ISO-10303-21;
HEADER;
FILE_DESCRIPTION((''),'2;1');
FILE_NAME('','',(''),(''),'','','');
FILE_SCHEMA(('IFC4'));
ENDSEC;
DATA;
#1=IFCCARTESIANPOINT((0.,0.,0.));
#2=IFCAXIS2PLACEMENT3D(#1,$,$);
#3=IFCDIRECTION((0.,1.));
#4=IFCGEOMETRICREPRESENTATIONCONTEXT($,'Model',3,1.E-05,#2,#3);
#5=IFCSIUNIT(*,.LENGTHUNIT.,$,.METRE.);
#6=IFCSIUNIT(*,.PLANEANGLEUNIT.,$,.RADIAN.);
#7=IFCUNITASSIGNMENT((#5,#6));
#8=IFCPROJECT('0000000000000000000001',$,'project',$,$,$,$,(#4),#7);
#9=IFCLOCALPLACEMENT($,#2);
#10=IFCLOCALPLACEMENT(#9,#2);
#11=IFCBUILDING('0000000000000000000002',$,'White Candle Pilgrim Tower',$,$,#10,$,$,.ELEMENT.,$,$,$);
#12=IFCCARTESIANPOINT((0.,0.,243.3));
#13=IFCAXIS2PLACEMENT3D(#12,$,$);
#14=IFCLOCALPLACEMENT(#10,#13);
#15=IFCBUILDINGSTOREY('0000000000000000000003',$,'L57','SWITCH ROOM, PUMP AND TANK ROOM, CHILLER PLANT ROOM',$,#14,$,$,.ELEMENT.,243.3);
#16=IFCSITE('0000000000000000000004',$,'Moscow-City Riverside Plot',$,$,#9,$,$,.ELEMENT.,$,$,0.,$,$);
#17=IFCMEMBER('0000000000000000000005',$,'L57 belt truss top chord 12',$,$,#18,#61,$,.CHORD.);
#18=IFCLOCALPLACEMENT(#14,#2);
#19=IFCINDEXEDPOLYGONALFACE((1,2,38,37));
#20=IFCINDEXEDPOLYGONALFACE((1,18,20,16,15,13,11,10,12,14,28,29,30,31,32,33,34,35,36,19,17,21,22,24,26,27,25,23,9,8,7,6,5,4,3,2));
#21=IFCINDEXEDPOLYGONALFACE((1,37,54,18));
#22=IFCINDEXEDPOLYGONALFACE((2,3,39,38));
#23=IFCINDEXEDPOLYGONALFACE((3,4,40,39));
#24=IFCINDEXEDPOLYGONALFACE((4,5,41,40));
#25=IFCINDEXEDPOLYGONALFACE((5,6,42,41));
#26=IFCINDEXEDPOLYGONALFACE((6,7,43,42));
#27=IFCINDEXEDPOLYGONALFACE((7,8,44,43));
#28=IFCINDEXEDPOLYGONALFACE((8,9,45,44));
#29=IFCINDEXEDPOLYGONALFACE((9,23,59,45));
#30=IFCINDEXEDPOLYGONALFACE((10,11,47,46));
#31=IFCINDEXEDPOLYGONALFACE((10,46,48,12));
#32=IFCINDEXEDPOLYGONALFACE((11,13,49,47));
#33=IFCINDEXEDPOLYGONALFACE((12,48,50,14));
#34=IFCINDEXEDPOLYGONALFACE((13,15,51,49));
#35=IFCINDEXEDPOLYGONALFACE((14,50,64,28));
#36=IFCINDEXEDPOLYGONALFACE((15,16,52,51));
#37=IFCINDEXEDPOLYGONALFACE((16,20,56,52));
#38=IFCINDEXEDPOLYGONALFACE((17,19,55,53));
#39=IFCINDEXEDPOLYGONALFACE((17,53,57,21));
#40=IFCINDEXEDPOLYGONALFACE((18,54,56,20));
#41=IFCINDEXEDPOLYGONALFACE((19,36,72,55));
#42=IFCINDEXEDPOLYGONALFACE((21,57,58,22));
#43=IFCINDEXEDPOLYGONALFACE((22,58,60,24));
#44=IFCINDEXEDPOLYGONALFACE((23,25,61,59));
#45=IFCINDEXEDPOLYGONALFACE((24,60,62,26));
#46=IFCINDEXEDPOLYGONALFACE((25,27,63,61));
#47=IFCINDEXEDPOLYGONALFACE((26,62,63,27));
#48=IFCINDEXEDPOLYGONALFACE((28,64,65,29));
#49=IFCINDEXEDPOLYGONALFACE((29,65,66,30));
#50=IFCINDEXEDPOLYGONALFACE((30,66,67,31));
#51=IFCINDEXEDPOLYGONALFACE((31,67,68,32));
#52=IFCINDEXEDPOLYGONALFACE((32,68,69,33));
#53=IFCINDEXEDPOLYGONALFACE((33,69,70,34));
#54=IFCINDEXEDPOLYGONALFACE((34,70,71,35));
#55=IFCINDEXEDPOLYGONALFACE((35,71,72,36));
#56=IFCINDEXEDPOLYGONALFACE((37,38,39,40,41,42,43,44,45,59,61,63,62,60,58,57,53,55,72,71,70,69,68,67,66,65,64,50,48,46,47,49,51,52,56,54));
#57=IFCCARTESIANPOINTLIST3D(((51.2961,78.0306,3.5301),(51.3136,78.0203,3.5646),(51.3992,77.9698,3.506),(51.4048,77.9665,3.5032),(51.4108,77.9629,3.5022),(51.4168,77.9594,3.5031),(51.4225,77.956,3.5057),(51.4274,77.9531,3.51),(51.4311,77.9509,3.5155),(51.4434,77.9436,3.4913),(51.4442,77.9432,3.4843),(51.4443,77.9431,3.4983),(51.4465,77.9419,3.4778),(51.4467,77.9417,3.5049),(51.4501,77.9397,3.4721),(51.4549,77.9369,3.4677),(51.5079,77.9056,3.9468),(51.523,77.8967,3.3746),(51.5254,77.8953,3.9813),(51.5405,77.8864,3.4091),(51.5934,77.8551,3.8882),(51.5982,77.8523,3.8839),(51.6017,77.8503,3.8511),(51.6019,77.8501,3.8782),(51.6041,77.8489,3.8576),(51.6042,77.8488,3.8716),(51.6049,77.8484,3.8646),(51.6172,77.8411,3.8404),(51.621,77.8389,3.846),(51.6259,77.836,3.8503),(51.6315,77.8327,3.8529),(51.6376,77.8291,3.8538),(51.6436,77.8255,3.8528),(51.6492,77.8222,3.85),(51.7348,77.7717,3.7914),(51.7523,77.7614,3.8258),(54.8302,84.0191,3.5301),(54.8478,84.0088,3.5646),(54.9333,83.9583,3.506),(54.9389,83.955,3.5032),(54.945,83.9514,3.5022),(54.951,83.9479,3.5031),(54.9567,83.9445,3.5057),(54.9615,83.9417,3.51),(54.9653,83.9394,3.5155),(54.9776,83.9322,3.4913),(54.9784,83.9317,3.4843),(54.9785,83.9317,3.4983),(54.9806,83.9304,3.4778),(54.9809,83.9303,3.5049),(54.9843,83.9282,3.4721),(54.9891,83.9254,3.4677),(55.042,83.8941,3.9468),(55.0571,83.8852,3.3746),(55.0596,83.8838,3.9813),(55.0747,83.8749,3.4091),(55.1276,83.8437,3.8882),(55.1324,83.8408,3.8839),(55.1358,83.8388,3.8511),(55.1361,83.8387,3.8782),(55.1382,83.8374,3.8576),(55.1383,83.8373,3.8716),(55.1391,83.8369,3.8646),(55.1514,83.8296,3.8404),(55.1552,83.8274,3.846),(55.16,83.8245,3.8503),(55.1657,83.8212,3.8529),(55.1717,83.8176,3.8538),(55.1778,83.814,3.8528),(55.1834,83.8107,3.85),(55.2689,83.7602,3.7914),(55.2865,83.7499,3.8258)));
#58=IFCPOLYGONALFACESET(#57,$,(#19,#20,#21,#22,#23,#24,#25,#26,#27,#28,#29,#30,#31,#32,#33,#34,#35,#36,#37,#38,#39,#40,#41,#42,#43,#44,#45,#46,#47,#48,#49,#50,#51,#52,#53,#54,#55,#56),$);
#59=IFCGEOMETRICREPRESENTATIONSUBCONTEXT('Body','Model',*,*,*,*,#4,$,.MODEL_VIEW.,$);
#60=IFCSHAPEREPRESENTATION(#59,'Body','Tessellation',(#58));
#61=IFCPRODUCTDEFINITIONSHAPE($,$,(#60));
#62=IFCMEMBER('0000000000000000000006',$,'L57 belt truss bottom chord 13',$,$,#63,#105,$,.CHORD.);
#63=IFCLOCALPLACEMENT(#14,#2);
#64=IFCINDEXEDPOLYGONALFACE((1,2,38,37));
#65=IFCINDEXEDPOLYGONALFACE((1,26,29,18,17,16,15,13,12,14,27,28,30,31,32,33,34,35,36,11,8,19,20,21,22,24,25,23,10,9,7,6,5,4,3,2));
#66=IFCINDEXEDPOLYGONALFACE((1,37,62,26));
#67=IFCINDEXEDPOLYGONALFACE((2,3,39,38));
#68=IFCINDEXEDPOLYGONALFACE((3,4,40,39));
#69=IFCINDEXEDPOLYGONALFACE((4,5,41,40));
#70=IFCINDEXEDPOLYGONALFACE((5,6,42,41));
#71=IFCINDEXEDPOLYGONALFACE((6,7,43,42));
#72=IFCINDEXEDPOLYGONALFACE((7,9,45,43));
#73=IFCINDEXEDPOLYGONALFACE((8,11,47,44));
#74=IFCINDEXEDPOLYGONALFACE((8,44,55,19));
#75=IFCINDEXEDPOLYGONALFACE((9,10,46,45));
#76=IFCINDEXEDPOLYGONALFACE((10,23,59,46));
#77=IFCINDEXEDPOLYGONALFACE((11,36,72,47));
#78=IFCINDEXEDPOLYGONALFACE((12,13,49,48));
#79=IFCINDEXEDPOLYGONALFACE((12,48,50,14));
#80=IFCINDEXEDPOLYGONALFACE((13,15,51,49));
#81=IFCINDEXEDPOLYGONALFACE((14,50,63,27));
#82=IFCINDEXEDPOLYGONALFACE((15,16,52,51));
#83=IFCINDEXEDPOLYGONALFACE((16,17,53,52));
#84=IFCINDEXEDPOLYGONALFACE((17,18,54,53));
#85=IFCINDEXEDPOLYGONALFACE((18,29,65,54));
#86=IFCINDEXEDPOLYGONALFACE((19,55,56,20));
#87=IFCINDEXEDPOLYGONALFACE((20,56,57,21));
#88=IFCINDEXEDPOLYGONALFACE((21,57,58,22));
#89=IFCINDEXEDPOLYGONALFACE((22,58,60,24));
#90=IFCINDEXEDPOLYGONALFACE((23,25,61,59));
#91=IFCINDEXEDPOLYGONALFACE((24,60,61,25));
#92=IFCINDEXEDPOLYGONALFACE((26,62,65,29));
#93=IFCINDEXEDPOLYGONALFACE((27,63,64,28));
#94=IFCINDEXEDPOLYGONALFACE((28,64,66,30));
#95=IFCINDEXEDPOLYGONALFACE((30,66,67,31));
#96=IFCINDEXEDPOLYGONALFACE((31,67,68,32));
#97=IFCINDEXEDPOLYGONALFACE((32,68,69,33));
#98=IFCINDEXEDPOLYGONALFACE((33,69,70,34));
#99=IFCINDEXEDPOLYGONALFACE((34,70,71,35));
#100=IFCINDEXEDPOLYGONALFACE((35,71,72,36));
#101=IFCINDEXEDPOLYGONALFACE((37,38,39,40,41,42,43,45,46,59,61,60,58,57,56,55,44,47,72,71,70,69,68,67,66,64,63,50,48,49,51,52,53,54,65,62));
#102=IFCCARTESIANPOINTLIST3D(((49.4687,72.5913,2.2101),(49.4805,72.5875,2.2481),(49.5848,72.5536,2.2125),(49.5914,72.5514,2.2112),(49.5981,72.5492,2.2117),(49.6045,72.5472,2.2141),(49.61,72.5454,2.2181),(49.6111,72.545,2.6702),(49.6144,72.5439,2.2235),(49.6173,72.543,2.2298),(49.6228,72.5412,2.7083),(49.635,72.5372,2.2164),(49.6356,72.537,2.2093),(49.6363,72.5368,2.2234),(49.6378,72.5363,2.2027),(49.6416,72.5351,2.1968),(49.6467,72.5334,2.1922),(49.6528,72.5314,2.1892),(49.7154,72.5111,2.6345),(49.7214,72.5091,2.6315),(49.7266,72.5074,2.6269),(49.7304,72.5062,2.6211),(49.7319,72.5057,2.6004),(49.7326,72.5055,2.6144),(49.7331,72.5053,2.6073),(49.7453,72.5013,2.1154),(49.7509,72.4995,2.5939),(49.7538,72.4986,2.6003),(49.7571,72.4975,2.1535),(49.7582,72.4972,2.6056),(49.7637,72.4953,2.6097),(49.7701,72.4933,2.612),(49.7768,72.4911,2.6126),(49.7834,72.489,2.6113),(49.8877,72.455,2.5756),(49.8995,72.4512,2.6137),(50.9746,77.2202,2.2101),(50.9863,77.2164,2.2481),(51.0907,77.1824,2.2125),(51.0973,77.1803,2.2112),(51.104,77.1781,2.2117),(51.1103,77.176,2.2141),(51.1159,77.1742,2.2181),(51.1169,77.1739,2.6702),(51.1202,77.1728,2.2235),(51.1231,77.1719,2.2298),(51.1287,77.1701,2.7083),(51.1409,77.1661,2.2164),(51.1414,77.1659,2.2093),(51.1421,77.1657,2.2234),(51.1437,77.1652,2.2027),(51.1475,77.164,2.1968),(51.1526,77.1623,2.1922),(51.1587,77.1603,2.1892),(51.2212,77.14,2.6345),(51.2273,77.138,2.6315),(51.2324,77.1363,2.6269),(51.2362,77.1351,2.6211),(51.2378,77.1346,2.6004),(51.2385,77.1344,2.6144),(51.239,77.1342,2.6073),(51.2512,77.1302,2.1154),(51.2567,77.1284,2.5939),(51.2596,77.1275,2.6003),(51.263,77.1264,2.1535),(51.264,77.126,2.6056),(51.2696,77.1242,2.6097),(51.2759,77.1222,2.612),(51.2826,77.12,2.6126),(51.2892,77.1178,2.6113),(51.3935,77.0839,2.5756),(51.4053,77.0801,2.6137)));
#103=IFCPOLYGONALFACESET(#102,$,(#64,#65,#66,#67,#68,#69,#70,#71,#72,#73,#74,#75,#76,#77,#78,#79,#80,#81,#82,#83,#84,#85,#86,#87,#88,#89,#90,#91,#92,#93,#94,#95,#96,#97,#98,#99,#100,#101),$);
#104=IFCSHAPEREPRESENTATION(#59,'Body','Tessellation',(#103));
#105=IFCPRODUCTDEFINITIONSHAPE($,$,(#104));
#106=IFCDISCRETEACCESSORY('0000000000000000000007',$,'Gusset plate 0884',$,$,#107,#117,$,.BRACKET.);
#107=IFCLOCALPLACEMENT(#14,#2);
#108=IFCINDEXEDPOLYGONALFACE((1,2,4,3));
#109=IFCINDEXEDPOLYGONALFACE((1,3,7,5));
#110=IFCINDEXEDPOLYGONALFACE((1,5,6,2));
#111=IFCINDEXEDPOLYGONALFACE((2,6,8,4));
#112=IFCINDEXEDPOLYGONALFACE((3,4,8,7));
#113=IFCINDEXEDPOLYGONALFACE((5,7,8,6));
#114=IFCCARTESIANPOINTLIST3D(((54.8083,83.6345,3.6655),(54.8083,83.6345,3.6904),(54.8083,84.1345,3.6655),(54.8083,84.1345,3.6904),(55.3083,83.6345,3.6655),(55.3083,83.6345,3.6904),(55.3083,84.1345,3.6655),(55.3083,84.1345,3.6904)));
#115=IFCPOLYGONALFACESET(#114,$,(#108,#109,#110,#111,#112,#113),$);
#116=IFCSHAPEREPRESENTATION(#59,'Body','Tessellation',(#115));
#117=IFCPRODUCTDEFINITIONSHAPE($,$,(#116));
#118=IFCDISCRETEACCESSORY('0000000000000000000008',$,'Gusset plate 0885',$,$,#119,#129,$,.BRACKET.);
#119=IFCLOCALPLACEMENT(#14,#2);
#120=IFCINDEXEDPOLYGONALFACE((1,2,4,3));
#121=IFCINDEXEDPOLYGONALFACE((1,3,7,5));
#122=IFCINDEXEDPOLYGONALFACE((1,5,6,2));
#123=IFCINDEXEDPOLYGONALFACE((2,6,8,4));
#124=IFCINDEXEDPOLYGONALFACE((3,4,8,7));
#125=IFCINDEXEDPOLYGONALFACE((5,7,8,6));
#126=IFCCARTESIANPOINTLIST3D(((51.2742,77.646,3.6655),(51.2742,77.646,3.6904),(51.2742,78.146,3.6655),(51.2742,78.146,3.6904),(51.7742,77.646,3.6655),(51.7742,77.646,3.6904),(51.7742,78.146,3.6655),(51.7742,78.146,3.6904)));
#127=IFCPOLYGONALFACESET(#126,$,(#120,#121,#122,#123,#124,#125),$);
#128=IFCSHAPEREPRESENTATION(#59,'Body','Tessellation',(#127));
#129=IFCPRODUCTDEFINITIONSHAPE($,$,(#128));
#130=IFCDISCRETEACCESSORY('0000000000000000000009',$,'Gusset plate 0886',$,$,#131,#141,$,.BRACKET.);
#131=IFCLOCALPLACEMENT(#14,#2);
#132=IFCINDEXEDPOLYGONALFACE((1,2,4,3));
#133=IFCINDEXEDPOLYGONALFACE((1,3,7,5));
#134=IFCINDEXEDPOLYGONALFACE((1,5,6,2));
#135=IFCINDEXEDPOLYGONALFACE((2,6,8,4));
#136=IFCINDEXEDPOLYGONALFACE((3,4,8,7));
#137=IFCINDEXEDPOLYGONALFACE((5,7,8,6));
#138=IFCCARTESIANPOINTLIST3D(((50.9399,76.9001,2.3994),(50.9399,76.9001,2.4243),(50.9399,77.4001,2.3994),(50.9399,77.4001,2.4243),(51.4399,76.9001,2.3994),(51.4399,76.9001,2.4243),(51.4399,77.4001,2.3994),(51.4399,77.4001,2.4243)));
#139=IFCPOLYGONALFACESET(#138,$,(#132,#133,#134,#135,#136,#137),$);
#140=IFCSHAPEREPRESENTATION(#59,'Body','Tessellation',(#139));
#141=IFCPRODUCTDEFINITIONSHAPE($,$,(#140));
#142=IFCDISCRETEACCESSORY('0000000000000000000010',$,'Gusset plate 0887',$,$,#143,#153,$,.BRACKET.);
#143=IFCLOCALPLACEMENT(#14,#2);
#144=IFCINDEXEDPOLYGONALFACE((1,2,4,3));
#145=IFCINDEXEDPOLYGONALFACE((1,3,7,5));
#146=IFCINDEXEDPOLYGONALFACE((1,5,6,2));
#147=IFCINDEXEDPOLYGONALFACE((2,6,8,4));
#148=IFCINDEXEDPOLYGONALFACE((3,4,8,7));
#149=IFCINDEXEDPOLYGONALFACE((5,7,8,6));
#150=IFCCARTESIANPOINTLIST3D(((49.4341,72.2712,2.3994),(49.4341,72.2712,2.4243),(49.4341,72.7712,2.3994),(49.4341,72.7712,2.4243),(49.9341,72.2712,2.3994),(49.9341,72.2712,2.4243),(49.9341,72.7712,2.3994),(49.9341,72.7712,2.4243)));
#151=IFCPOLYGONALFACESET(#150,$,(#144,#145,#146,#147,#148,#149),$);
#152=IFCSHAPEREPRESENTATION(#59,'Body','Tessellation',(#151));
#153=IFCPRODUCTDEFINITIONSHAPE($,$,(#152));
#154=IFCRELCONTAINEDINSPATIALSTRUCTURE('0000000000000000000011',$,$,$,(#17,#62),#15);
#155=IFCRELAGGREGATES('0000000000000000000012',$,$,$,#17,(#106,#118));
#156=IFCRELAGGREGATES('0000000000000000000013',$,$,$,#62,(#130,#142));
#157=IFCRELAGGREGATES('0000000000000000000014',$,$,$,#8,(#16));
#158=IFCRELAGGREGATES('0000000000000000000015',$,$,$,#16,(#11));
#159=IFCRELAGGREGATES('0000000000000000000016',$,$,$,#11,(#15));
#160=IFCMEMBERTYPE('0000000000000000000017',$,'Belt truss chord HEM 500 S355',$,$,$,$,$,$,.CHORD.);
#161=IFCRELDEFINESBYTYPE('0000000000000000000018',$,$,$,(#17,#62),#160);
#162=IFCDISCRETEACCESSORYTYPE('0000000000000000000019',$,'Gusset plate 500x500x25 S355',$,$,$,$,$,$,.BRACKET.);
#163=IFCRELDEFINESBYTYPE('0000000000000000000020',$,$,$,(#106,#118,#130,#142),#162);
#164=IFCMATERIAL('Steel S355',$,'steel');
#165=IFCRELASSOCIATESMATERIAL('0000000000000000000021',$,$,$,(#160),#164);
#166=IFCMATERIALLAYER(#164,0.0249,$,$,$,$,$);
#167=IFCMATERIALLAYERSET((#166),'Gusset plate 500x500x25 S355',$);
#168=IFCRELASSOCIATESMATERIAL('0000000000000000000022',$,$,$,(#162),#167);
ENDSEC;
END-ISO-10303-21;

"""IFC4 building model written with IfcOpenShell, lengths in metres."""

from ifc_helpers import new_model, si_unit, direction, frame, origin, origin_2d, place, context, subcontext, project, spatial, rectangle, i_section, extrude, material, layer, layer_set, material_profile, profile_set, type_object, element, aggregate, save


model = new_model("IFC4")

# Units and contexts
model_context = context("Model", 3, precision=1e-05, world=origin(), true_north=direction((0.0, 1.0)))
body_context = subcontext(model_context, "Body", "Model", "MODEL_VIEW")
ifc_project = project(units=[si_unit("LENGTHUNIT", "METRE"), si_unit("PLANEANGLEUNIT", "RADIAN")], contexts=[model_context])

# Site, building, storey
site_placement = place(None, origin())
site = spatial("IfcSite", under=ifc_project, at=site_placement, Name="Moscow-City Riverside Plot", CompositionType="ELEMENT", RefElevation=0.0)
building_placement = place(site_placement, origin())
building = spatial("IfcBuilding", under=site, at=building_placement, Name="White Candle Pilgrim Tower", CompositionType="ELEMENT")
storey_placement = place(building_placement, frame((0.0, 0.0, 243.3)))
storey = spatial("IfcBuildingStorey", under=building, at=storey_placement, Name="L57", Description="SWITCH ROOM, PUMP AND TANK ROOM, CHILLER PLANT ROOM", CompositionType="ELEMENT", Elevation=243.3)

# Members
ifc_material_1 = material(Name="Steel S355", Category="steel")
ifc_material_profile_1 = material_profile(ifc_material_1, i_section(OverallWidth=0.3059, OverallDepth=0.5239, WebThickness=0.021, FlangeThickness=0.04, FilletRadius=0.0271, at=origin_2d()), Name="HEM 500")
ifc_profile_set_1 = profile_set([ifc_material_profile_1], Name="Steel S355")
member_type_1 = type_object("IfcMemberType", Name="Belt truss chord HEM 500 S355", PredefinedType="CHORD", material=ifc_profile_set_1)
member_1_placement = place(storey_placement, frame((55.0583, 83.8845, 3.678), z_axis=(-0.50825, -0.861209, 0.0), x_axis=(0.74168, -0.437709, -0.508254)))
member_1 = element("IfcMember", 1, at=member_1_placement, inside=storey, type_object=member_type_1, Name="L57 belt truss top chord 12", PredefinedType="CHORD", context=body_context, shape_type="SweptSolid", body=[
    extrude(i_section(OverallWidth=0.3059, OverallDepth=0.5239, WebThickness=0.021, FlangeThickness=0.04, FilletRadius=0.0271, at=origin_2d()), origin(), (0.0, 0.0, 1.0), 6.9536),
])
member_2_placement = place(storey_placement, frame((51.1899, 77.1501, 2.4119), z_axis=(-0.309358, -0.950946, 0.0), x_axis=(0.904297, -0.294183, -0.30936)))
member_2 = element("IfcMember", 2, at=member_2_placement, inside=storey, type_object=member_type_1, Name="L57 belt truss bottom chord 13", PredefinedType="CHORD", context=body_context, shape_type="SweptSolid", body=[
    extrude(i_section(OverallWidth=0.3059, OverallDepth=0.5239, WebThickness=0.021, FlangeThickness=0.04, FilletRadius=0.0271, at=origin_2d()), origin(), (0.0, 0.0, 1.0), 4.8677),
])

# Discrete accessories
ifc_layer_1 = layer(ifc_material_1, 0.0249)
ifc_layer_set_1 = layer_set([ifc_layer_1], Name="Gusset plate 500x500x25 S355")
discrete_accessory_type_1 = type_object("IfcDiscreteAccessoryType", Name="Gusset plate 500x500x25 S355", PredefinedType="BRACKET", material=ifc_layer_set_1)
discrete_accessory_1_placement = place(storey_placement, frame((55.0583, 83.8845, 3.6655), z_axis=(0.0, 0.0, 1.0), x_axis=(1.0, 0.0, 0.0)))
discrete_accessory_1 = element("IfcDiscreteAccessory", 3, at=discrete_accessory_1_placement, type_object=discrete_accessory_type_1, Name="Gusset plate 0884", PredefinedType="BRACKET", context=body_context, shape_type="SweptSolid", body=[
    extrude(rectangle(XDim=0.5, YDim=0.5, at=origin_2d()), origin(), (0.0, 0.0, 1.0), 0.0249),
])
discrete_accessory_2_placement = place(storey_placement, frame((51.5242, 77.896, 3.6655), z_axis=(0.0, 0.0, 1.0), x_axis=(1.0, 0.0, 0.0)))
discrete_accessory_2 = element("IfcDiscreteAccessory", 4, at=discrete_accessory_2_placement, type_object=discrete_accessory_type_1, Name="Gusset plate 0885", PredefinedType="BRACKET", context=body_context, shape_type="SweptSolid", body=[
    extrude(rectangle(XDim=0.5, YDim=0.5, at=origin_2d()), origin(), (0.0, 0.0, 1.0), 0.0249),
])
aggregate(member_1, [discrete_accessory_1, discrete_accessory_2])
discrete_accessory_3_placement = place(storey_placement, frame((51.1899, 77.1501, 2.3994), z_axis=(0.0, 0.0, 1.0), x_axis=(1.0, 0.0, 0.0)))
discrete_accessory_3 = element("IfcDiscreteAccessory", 5, at=discrete_accessory_3_placement, type_object=discrete_accessory_type_1, Name="Gusset plate 0886", PredefinedType="BRACKET", context=body_context, shape_type="SweptSolid", body=[
    extrude(rectangle(XDim=0.5, YDim=0.5, at=origin_2d()), origin(), (0.0, 0.0, 1.0), 0.0249),
])
discrete_accessory_4_placement = place(storey_placement, frame((49.6841, 72.5212, 2.3994), z_axis=(0.0, 0.0, 1.0), x_axis=(1.0, 0.0, 0.0)))
discrete_accessory_4 = element("IfcDiscreteAccessory", 6, at=discrete_accessory_4_placement, type_object=discrete_accessory_type_1, Name="Gusset plate 0887", PredefinedType="BRACKET", context=body_context, shape_type="SweptSolid", body=[
    extrude(rectangle(XDim=0.5, YDim=0.5, at=origin_2d()), origin(), (0.0, 0.0, 1.0), 0.0249),
])
aggregate(member_2, [discrete_accessory_3, discrete_accessory_4])

save(model, "model.ifc")
